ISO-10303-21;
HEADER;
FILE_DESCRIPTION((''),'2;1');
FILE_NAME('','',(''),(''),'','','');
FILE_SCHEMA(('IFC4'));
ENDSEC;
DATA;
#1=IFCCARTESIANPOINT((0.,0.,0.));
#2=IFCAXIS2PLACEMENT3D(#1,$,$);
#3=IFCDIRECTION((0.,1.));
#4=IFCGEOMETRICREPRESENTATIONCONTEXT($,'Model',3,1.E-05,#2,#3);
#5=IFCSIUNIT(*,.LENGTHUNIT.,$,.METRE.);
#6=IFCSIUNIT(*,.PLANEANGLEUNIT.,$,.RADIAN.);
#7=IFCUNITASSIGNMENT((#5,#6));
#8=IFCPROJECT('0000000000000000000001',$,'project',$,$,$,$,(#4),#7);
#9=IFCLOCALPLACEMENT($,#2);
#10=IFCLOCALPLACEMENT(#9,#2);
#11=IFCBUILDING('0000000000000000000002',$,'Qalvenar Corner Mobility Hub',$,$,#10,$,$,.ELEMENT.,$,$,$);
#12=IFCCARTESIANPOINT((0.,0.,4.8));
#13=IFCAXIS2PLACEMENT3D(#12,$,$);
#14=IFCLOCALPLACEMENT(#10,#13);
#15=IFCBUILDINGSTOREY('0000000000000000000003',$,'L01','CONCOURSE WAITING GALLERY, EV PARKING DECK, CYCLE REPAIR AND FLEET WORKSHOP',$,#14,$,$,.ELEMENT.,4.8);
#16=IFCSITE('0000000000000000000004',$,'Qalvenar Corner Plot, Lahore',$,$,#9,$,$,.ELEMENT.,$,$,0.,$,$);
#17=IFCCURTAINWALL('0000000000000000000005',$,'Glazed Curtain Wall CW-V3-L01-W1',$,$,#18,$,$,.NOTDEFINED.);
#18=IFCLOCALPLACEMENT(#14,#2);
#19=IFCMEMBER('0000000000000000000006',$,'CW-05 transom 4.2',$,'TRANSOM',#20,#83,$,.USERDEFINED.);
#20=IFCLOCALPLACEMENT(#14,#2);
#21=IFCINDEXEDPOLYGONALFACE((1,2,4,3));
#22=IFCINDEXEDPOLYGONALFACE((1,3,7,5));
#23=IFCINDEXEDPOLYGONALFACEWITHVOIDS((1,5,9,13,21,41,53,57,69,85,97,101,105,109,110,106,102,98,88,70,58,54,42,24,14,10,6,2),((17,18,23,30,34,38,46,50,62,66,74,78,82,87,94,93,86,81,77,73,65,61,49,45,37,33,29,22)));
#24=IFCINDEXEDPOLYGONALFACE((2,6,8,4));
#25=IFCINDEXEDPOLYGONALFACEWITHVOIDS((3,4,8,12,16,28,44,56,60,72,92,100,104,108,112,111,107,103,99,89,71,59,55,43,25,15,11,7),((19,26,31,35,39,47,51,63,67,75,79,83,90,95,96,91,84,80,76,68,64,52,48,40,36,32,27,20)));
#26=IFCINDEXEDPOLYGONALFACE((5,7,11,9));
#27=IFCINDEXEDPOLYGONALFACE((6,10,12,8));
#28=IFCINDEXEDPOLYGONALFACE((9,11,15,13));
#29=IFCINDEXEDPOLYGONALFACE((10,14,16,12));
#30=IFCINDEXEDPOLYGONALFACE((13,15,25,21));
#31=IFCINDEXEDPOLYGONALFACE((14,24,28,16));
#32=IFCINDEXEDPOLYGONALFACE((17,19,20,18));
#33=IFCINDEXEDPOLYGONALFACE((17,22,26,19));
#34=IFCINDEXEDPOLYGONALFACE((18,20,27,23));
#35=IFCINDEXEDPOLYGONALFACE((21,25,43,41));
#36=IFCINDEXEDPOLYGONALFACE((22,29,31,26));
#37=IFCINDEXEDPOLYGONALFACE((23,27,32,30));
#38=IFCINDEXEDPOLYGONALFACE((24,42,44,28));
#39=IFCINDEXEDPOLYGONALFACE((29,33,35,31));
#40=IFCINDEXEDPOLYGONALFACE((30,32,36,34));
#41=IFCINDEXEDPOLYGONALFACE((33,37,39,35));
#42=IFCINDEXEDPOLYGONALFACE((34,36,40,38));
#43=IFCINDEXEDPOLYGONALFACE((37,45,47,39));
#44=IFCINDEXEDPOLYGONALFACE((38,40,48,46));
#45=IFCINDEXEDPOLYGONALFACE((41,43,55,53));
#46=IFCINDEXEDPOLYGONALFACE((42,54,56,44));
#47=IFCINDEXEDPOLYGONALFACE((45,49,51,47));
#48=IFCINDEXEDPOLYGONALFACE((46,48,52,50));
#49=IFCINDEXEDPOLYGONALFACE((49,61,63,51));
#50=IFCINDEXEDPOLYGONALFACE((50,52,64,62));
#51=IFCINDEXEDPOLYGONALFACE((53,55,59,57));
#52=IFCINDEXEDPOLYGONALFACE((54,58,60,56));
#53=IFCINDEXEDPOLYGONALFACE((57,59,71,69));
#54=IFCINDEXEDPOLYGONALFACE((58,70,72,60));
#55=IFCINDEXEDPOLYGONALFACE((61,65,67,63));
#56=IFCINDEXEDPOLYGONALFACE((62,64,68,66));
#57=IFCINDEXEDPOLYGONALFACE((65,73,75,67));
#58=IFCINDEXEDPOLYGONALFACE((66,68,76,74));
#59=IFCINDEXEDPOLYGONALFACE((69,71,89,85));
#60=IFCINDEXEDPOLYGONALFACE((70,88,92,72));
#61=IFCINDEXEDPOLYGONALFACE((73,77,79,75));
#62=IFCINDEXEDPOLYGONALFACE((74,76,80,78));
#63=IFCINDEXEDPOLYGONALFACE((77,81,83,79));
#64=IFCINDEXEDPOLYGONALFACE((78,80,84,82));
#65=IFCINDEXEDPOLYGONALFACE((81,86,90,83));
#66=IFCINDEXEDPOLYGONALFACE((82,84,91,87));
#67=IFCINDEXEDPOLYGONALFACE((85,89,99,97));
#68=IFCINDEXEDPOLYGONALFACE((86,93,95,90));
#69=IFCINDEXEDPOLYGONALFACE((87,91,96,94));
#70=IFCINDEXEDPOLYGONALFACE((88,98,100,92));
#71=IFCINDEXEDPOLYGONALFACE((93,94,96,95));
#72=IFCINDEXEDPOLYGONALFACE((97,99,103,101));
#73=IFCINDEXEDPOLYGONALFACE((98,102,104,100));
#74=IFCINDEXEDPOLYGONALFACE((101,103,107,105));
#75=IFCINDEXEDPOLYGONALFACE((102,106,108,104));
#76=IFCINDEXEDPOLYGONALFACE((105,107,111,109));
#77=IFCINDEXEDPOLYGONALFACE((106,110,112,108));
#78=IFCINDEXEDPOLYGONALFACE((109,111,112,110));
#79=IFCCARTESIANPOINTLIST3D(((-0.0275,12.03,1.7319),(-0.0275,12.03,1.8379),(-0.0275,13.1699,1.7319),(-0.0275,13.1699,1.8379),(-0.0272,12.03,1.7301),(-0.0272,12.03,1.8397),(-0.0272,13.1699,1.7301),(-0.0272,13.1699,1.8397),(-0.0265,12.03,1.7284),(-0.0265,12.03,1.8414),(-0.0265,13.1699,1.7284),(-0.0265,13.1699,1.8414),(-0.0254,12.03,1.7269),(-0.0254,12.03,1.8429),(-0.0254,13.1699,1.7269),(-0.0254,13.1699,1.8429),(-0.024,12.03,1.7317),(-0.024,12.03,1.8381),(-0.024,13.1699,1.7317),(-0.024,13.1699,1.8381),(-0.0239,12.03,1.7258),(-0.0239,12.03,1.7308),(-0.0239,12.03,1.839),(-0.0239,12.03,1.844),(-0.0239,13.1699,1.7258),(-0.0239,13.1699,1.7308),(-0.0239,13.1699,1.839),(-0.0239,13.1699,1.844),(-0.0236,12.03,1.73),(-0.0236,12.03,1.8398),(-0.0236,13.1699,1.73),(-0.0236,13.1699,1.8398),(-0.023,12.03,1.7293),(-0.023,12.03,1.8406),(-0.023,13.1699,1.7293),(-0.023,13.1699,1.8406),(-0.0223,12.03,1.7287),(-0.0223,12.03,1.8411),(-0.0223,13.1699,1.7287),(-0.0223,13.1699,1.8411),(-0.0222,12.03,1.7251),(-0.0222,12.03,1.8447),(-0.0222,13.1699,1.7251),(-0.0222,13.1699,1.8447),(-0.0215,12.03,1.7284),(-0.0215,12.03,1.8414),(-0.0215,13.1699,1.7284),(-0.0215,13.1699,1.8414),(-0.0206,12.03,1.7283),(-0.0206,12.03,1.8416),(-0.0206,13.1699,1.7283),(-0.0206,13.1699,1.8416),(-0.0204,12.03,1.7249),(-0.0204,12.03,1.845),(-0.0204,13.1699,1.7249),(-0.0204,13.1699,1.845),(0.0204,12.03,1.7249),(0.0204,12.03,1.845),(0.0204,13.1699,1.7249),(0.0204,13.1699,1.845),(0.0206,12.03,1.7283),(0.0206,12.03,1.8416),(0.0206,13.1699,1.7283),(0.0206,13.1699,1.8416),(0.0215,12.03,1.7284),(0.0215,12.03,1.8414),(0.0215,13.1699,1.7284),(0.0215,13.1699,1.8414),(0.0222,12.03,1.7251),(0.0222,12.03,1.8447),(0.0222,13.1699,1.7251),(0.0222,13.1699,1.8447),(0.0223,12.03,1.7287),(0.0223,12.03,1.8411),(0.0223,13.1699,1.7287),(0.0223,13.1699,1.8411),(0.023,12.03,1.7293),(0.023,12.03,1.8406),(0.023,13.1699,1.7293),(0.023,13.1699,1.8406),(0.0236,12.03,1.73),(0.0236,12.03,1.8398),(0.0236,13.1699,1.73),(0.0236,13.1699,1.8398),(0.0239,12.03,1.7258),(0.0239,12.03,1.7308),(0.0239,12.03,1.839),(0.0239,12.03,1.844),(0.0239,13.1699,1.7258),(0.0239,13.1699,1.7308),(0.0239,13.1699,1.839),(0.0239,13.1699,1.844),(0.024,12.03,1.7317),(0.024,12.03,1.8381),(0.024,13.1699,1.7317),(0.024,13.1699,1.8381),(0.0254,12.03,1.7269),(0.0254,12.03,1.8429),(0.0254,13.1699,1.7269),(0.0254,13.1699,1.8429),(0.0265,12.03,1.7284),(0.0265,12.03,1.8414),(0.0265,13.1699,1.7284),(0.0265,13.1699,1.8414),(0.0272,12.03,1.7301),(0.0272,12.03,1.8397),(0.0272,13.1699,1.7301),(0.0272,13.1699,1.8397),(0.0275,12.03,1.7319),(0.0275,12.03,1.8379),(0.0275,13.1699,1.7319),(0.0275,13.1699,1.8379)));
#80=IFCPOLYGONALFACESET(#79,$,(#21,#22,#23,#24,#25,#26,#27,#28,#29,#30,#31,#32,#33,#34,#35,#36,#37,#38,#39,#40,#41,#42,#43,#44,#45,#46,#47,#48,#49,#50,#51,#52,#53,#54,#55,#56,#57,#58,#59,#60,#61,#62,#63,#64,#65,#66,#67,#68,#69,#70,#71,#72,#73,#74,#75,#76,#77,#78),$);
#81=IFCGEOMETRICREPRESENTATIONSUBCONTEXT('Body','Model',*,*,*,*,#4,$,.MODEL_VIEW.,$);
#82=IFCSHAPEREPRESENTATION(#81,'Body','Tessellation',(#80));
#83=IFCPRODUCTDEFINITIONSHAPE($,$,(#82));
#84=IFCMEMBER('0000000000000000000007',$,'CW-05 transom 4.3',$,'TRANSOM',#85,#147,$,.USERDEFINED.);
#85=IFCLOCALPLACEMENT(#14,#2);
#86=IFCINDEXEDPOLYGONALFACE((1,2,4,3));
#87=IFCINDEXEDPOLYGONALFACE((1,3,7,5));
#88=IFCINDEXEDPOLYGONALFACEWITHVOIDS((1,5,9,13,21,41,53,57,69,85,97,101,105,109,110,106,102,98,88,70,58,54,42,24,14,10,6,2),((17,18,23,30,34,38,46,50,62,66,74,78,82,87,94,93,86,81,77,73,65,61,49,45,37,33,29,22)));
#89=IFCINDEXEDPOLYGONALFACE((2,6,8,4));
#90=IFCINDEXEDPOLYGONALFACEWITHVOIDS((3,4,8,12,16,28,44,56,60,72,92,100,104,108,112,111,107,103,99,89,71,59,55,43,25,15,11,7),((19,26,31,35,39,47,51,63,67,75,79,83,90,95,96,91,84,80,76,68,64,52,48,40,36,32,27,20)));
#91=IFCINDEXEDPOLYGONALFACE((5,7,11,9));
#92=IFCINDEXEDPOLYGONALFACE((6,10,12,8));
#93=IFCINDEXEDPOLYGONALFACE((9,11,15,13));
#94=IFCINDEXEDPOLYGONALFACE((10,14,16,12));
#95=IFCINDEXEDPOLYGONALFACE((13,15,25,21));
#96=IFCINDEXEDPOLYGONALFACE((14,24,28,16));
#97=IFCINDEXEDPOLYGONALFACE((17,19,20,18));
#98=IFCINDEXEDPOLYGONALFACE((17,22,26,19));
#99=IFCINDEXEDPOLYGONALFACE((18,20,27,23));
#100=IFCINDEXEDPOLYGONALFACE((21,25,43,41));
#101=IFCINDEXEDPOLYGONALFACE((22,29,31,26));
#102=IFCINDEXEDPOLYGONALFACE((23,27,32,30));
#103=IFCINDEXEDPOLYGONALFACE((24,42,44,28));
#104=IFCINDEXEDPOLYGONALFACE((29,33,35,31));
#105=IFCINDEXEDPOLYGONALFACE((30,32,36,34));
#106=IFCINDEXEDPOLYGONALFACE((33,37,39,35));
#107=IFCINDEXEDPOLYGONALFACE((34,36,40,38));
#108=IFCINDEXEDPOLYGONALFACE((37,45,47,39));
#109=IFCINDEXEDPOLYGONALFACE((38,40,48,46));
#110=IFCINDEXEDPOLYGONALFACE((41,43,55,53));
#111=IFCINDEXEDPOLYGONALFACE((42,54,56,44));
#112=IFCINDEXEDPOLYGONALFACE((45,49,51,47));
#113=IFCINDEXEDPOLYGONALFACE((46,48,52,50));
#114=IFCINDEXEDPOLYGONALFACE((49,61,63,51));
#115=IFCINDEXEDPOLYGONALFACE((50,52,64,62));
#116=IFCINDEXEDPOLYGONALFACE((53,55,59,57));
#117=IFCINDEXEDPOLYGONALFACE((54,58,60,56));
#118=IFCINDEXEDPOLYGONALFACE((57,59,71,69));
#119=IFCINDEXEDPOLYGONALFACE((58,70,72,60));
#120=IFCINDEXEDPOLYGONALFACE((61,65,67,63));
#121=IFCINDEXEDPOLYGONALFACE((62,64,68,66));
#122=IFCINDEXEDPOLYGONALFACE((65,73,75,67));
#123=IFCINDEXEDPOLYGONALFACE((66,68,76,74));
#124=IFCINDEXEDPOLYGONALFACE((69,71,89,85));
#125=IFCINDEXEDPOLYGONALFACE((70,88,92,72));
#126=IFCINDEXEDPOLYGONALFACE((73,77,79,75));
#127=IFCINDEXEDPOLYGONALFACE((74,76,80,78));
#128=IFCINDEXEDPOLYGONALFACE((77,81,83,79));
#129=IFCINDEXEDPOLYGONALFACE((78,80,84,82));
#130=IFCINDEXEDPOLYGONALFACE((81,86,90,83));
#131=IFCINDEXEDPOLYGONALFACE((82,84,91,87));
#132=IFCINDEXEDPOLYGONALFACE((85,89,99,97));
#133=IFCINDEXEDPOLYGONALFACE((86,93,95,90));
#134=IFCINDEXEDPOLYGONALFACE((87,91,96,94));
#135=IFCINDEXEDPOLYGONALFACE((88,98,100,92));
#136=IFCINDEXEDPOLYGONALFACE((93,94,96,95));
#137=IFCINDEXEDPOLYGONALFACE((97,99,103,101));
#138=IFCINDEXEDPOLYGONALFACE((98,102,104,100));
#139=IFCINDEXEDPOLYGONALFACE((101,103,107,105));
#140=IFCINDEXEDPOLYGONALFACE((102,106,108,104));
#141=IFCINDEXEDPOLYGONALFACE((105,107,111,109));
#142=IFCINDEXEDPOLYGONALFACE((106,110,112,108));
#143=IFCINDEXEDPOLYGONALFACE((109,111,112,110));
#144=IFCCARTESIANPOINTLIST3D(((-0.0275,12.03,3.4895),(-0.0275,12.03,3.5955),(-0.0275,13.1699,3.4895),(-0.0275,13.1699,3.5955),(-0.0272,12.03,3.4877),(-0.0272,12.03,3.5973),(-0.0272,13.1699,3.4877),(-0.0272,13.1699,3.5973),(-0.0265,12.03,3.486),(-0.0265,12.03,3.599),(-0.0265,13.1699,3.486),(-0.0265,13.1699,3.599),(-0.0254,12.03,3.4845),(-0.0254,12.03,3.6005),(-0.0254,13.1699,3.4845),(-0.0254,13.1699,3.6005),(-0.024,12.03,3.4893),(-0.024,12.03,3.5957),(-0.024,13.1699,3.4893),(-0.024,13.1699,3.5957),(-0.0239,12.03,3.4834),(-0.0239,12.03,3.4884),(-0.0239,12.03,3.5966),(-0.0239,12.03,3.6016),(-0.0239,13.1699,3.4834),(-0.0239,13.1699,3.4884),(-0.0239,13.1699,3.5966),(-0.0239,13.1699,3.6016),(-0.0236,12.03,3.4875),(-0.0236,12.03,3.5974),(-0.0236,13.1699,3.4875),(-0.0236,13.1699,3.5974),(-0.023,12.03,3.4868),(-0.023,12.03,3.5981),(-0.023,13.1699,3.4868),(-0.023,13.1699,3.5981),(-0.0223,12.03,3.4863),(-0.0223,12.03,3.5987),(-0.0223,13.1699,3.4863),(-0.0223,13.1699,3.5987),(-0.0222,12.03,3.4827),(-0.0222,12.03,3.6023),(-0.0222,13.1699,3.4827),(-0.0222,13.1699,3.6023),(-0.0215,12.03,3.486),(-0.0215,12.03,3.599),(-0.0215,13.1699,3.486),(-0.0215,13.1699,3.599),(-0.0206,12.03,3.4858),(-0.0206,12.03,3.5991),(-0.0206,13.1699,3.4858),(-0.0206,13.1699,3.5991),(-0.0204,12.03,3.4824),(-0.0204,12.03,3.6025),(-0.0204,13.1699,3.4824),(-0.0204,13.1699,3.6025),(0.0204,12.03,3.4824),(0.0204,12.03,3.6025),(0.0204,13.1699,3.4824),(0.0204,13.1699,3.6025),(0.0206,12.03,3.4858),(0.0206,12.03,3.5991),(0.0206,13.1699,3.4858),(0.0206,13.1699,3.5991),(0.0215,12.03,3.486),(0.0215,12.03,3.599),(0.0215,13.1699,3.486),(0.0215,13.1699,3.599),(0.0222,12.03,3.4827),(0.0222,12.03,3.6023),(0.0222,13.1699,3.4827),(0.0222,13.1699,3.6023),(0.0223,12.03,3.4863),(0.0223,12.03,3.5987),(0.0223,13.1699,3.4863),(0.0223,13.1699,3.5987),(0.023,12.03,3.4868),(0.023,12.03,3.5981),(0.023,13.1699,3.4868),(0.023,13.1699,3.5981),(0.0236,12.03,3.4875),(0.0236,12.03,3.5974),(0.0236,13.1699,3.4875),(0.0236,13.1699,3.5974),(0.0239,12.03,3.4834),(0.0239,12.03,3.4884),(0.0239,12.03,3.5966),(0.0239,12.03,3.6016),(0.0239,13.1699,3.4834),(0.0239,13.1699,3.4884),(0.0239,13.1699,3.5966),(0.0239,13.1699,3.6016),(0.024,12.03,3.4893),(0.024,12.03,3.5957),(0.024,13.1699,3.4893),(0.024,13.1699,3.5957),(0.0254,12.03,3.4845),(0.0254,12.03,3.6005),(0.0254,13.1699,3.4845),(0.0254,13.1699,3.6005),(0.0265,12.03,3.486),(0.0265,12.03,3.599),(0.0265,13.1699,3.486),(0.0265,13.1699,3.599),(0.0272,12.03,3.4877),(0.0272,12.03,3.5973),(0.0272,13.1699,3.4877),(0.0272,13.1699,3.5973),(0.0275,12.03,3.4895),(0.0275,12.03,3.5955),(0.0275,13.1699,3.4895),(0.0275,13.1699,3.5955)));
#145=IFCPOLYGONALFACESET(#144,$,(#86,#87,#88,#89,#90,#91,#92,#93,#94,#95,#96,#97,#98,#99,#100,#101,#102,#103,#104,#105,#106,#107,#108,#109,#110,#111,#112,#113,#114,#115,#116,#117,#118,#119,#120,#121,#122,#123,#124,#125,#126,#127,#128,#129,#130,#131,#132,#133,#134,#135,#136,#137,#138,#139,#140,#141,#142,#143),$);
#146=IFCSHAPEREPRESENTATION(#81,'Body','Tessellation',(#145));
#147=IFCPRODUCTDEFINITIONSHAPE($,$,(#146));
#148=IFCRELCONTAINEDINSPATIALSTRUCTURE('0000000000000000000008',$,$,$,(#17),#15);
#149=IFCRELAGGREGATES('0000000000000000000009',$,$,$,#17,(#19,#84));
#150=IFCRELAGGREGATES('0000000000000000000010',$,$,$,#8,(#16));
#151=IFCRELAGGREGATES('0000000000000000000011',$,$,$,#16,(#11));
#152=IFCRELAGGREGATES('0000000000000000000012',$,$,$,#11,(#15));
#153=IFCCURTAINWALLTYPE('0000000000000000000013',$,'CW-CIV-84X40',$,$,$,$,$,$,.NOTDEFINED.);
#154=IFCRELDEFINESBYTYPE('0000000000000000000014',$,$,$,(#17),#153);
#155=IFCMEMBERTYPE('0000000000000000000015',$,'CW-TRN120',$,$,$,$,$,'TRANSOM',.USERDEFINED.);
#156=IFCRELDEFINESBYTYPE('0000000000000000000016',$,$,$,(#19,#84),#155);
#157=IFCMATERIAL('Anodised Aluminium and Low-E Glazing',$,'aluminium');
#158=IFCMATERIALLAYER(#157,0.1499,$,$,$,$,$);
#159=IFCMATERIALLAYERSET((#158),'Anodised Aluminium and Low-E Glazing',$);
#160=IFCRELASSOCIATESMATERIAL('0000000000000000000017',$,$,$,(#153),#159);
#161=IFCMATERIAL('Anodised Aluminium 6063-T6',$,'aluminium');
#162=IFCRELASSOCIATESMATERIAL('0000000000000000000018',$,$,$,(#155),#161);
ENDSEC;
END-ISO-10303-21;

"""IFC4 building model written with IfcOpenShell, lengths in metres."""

from ifc_helpers import new_model, si_unit, direction, frame, origin, origin_2d, place, context, subcontext, project, spatial, hollow_rectangle, extrude, material, layer, layer_set, material_profile, profile_set, type_object, element, aggregate, save


model = new_model("IFC4")

# Units and contexts
model_context = context("Model", 3, precision=1e-05, world=origin(), true_north=direction((0.0, 1.0)))
body_context = subcontext(model_context, "Body", "Model", "MODEL_VIEW")
ifc_project = project(units=[si_unit("LENGTHUNIT", "METRE"), si_unit("PLANEANGLEUNIT", "RADIAN")], contexts=[model_context])

# Site, building, storey
site_placement = place(None, origin())
site = spatial("IfcSite", under=ifc_project, at=site_placement, Name="Qalvenar Corner Plot, Lahore", CompositionType="ELEMENT", RefElevation=0.0)
building_placement = place(site_placement, origin())
building = spatial("IfcBuilding", under=site, at=building_placement, Name="Qalvenar Corner Mobility Hub", CompositionType="ELEMENT")
storey_placement = place(building_placement, frame((0.0, 0.0, 4.8)))
storey = spatial("IfcBuildingStorey", under=building, at=storey_placement, Name="L01", Description="CONCOURSE WAITING GALLERY, EV PARKING DECK, CYCLE REPAIR AND FLEET WORKSHOP", CompositionType="ELEMENT", Elevation=4.8)

# Curtain wall, members
ifc_material_1 = material(Name="Anodised Aluminium and Low-E Glazing", Category="aluminium")
ifc_layer_1 = layer(ifc_material_1, 0.1499)
ifc_layer_set_1 = layer_set([ifc_layer_1], Name="Anodised Aluminium and Low-E Glazing")
curtain_wall_type = type_object("IfcCurtainWallType", Name="CW-CIV-84X40", PredefinedType="NOTDEFINED", material=ifc_layer_set_1)
curtain_wall_placement = place(storey_placement, origin())
curtain_wall = element("IfcCurtainWall", 1, at=curtain_wall_placement, inside=storey, type_object=curtain_wall_type, Name="Glazed Curtain Wall CW-V3-L01-W1", PredefinedType="NOTDEFINED")
ifc_material_2 = material(Name="Anodised Aluminium 6063-T6", Category="aluminium")
ifc_material_profile_1 = material_profile(ifc_material_2, hollow_rectangle(XDim=0.0549, YDim=0.1201, WallThickness=0.0034, InnerFilletRadius=0.0034, OuterFilletRadius=0.0071, at=origin_2d()), Name="RHS120x55x3.5")
ifc_profile_set_1 = profile_set([ifc_material_profile_1], Name="Anodised Aluminium 6063-T6")
member_type_1 = type_object("IfcMemberType", Name="CW-TRN120", ElementType="TRANSOM", PredefinedType="USERDEFINED", material=ifc_profile_set_1)
member_1_placement = place(storey_placement, frame((0.0, 13.1699, 1.7849), z_axis=(0.0, -1.0, 0.0), x_axis=(1.0, 0.0, 0.0)))
member_1 = element("IfcMember", 2, at=member_1_placement, type_object=member_type_1, Name="CW-05 transom 4.2", ObjectType="TRANSOM", PredefinedType="USERDEFINED", context=body_context, shape_type="SweptSolid", body=[
    extrude(hollow_rectangle(XDim=0.0549, YDim=0.1201, WallThickness=0.0034, InnerFilletRadius=0.0034, OuterFilletRadius=0.0071, at=origin_2d()), origin(), (0.0, 0.0, 1.0), 1.1399),
])
member_2_placement = place(storey_placement, frame((0.0, 13.1699, 3.5425), z_axis=(0.0, -1.0, 0.0), x_axis=(1.0, 0.0, 0.0)))
member_2 = element("IfcMember", 3, at=member_2_placement, type_object=member_type_1, Name="CW-05 transom 4.3", ObjectType="TRANSOM", PredefinedType="USERDEFINED", context=body_context, shape_type="SweptSolid", body=[
    extrude(hollow_rectangle(XDim=0.0549, YDim=0.1201, WallThickness=0.0034, InnerFilletRadius=0.0034, OuterFilletRadius=0.0071, at=origin_2d()), origin(), (0.0, 0.0, 1.0), 1.1399),
])
aggregate(curtain_wall, [member_1, member_2])

save(model, "model.ifc")
